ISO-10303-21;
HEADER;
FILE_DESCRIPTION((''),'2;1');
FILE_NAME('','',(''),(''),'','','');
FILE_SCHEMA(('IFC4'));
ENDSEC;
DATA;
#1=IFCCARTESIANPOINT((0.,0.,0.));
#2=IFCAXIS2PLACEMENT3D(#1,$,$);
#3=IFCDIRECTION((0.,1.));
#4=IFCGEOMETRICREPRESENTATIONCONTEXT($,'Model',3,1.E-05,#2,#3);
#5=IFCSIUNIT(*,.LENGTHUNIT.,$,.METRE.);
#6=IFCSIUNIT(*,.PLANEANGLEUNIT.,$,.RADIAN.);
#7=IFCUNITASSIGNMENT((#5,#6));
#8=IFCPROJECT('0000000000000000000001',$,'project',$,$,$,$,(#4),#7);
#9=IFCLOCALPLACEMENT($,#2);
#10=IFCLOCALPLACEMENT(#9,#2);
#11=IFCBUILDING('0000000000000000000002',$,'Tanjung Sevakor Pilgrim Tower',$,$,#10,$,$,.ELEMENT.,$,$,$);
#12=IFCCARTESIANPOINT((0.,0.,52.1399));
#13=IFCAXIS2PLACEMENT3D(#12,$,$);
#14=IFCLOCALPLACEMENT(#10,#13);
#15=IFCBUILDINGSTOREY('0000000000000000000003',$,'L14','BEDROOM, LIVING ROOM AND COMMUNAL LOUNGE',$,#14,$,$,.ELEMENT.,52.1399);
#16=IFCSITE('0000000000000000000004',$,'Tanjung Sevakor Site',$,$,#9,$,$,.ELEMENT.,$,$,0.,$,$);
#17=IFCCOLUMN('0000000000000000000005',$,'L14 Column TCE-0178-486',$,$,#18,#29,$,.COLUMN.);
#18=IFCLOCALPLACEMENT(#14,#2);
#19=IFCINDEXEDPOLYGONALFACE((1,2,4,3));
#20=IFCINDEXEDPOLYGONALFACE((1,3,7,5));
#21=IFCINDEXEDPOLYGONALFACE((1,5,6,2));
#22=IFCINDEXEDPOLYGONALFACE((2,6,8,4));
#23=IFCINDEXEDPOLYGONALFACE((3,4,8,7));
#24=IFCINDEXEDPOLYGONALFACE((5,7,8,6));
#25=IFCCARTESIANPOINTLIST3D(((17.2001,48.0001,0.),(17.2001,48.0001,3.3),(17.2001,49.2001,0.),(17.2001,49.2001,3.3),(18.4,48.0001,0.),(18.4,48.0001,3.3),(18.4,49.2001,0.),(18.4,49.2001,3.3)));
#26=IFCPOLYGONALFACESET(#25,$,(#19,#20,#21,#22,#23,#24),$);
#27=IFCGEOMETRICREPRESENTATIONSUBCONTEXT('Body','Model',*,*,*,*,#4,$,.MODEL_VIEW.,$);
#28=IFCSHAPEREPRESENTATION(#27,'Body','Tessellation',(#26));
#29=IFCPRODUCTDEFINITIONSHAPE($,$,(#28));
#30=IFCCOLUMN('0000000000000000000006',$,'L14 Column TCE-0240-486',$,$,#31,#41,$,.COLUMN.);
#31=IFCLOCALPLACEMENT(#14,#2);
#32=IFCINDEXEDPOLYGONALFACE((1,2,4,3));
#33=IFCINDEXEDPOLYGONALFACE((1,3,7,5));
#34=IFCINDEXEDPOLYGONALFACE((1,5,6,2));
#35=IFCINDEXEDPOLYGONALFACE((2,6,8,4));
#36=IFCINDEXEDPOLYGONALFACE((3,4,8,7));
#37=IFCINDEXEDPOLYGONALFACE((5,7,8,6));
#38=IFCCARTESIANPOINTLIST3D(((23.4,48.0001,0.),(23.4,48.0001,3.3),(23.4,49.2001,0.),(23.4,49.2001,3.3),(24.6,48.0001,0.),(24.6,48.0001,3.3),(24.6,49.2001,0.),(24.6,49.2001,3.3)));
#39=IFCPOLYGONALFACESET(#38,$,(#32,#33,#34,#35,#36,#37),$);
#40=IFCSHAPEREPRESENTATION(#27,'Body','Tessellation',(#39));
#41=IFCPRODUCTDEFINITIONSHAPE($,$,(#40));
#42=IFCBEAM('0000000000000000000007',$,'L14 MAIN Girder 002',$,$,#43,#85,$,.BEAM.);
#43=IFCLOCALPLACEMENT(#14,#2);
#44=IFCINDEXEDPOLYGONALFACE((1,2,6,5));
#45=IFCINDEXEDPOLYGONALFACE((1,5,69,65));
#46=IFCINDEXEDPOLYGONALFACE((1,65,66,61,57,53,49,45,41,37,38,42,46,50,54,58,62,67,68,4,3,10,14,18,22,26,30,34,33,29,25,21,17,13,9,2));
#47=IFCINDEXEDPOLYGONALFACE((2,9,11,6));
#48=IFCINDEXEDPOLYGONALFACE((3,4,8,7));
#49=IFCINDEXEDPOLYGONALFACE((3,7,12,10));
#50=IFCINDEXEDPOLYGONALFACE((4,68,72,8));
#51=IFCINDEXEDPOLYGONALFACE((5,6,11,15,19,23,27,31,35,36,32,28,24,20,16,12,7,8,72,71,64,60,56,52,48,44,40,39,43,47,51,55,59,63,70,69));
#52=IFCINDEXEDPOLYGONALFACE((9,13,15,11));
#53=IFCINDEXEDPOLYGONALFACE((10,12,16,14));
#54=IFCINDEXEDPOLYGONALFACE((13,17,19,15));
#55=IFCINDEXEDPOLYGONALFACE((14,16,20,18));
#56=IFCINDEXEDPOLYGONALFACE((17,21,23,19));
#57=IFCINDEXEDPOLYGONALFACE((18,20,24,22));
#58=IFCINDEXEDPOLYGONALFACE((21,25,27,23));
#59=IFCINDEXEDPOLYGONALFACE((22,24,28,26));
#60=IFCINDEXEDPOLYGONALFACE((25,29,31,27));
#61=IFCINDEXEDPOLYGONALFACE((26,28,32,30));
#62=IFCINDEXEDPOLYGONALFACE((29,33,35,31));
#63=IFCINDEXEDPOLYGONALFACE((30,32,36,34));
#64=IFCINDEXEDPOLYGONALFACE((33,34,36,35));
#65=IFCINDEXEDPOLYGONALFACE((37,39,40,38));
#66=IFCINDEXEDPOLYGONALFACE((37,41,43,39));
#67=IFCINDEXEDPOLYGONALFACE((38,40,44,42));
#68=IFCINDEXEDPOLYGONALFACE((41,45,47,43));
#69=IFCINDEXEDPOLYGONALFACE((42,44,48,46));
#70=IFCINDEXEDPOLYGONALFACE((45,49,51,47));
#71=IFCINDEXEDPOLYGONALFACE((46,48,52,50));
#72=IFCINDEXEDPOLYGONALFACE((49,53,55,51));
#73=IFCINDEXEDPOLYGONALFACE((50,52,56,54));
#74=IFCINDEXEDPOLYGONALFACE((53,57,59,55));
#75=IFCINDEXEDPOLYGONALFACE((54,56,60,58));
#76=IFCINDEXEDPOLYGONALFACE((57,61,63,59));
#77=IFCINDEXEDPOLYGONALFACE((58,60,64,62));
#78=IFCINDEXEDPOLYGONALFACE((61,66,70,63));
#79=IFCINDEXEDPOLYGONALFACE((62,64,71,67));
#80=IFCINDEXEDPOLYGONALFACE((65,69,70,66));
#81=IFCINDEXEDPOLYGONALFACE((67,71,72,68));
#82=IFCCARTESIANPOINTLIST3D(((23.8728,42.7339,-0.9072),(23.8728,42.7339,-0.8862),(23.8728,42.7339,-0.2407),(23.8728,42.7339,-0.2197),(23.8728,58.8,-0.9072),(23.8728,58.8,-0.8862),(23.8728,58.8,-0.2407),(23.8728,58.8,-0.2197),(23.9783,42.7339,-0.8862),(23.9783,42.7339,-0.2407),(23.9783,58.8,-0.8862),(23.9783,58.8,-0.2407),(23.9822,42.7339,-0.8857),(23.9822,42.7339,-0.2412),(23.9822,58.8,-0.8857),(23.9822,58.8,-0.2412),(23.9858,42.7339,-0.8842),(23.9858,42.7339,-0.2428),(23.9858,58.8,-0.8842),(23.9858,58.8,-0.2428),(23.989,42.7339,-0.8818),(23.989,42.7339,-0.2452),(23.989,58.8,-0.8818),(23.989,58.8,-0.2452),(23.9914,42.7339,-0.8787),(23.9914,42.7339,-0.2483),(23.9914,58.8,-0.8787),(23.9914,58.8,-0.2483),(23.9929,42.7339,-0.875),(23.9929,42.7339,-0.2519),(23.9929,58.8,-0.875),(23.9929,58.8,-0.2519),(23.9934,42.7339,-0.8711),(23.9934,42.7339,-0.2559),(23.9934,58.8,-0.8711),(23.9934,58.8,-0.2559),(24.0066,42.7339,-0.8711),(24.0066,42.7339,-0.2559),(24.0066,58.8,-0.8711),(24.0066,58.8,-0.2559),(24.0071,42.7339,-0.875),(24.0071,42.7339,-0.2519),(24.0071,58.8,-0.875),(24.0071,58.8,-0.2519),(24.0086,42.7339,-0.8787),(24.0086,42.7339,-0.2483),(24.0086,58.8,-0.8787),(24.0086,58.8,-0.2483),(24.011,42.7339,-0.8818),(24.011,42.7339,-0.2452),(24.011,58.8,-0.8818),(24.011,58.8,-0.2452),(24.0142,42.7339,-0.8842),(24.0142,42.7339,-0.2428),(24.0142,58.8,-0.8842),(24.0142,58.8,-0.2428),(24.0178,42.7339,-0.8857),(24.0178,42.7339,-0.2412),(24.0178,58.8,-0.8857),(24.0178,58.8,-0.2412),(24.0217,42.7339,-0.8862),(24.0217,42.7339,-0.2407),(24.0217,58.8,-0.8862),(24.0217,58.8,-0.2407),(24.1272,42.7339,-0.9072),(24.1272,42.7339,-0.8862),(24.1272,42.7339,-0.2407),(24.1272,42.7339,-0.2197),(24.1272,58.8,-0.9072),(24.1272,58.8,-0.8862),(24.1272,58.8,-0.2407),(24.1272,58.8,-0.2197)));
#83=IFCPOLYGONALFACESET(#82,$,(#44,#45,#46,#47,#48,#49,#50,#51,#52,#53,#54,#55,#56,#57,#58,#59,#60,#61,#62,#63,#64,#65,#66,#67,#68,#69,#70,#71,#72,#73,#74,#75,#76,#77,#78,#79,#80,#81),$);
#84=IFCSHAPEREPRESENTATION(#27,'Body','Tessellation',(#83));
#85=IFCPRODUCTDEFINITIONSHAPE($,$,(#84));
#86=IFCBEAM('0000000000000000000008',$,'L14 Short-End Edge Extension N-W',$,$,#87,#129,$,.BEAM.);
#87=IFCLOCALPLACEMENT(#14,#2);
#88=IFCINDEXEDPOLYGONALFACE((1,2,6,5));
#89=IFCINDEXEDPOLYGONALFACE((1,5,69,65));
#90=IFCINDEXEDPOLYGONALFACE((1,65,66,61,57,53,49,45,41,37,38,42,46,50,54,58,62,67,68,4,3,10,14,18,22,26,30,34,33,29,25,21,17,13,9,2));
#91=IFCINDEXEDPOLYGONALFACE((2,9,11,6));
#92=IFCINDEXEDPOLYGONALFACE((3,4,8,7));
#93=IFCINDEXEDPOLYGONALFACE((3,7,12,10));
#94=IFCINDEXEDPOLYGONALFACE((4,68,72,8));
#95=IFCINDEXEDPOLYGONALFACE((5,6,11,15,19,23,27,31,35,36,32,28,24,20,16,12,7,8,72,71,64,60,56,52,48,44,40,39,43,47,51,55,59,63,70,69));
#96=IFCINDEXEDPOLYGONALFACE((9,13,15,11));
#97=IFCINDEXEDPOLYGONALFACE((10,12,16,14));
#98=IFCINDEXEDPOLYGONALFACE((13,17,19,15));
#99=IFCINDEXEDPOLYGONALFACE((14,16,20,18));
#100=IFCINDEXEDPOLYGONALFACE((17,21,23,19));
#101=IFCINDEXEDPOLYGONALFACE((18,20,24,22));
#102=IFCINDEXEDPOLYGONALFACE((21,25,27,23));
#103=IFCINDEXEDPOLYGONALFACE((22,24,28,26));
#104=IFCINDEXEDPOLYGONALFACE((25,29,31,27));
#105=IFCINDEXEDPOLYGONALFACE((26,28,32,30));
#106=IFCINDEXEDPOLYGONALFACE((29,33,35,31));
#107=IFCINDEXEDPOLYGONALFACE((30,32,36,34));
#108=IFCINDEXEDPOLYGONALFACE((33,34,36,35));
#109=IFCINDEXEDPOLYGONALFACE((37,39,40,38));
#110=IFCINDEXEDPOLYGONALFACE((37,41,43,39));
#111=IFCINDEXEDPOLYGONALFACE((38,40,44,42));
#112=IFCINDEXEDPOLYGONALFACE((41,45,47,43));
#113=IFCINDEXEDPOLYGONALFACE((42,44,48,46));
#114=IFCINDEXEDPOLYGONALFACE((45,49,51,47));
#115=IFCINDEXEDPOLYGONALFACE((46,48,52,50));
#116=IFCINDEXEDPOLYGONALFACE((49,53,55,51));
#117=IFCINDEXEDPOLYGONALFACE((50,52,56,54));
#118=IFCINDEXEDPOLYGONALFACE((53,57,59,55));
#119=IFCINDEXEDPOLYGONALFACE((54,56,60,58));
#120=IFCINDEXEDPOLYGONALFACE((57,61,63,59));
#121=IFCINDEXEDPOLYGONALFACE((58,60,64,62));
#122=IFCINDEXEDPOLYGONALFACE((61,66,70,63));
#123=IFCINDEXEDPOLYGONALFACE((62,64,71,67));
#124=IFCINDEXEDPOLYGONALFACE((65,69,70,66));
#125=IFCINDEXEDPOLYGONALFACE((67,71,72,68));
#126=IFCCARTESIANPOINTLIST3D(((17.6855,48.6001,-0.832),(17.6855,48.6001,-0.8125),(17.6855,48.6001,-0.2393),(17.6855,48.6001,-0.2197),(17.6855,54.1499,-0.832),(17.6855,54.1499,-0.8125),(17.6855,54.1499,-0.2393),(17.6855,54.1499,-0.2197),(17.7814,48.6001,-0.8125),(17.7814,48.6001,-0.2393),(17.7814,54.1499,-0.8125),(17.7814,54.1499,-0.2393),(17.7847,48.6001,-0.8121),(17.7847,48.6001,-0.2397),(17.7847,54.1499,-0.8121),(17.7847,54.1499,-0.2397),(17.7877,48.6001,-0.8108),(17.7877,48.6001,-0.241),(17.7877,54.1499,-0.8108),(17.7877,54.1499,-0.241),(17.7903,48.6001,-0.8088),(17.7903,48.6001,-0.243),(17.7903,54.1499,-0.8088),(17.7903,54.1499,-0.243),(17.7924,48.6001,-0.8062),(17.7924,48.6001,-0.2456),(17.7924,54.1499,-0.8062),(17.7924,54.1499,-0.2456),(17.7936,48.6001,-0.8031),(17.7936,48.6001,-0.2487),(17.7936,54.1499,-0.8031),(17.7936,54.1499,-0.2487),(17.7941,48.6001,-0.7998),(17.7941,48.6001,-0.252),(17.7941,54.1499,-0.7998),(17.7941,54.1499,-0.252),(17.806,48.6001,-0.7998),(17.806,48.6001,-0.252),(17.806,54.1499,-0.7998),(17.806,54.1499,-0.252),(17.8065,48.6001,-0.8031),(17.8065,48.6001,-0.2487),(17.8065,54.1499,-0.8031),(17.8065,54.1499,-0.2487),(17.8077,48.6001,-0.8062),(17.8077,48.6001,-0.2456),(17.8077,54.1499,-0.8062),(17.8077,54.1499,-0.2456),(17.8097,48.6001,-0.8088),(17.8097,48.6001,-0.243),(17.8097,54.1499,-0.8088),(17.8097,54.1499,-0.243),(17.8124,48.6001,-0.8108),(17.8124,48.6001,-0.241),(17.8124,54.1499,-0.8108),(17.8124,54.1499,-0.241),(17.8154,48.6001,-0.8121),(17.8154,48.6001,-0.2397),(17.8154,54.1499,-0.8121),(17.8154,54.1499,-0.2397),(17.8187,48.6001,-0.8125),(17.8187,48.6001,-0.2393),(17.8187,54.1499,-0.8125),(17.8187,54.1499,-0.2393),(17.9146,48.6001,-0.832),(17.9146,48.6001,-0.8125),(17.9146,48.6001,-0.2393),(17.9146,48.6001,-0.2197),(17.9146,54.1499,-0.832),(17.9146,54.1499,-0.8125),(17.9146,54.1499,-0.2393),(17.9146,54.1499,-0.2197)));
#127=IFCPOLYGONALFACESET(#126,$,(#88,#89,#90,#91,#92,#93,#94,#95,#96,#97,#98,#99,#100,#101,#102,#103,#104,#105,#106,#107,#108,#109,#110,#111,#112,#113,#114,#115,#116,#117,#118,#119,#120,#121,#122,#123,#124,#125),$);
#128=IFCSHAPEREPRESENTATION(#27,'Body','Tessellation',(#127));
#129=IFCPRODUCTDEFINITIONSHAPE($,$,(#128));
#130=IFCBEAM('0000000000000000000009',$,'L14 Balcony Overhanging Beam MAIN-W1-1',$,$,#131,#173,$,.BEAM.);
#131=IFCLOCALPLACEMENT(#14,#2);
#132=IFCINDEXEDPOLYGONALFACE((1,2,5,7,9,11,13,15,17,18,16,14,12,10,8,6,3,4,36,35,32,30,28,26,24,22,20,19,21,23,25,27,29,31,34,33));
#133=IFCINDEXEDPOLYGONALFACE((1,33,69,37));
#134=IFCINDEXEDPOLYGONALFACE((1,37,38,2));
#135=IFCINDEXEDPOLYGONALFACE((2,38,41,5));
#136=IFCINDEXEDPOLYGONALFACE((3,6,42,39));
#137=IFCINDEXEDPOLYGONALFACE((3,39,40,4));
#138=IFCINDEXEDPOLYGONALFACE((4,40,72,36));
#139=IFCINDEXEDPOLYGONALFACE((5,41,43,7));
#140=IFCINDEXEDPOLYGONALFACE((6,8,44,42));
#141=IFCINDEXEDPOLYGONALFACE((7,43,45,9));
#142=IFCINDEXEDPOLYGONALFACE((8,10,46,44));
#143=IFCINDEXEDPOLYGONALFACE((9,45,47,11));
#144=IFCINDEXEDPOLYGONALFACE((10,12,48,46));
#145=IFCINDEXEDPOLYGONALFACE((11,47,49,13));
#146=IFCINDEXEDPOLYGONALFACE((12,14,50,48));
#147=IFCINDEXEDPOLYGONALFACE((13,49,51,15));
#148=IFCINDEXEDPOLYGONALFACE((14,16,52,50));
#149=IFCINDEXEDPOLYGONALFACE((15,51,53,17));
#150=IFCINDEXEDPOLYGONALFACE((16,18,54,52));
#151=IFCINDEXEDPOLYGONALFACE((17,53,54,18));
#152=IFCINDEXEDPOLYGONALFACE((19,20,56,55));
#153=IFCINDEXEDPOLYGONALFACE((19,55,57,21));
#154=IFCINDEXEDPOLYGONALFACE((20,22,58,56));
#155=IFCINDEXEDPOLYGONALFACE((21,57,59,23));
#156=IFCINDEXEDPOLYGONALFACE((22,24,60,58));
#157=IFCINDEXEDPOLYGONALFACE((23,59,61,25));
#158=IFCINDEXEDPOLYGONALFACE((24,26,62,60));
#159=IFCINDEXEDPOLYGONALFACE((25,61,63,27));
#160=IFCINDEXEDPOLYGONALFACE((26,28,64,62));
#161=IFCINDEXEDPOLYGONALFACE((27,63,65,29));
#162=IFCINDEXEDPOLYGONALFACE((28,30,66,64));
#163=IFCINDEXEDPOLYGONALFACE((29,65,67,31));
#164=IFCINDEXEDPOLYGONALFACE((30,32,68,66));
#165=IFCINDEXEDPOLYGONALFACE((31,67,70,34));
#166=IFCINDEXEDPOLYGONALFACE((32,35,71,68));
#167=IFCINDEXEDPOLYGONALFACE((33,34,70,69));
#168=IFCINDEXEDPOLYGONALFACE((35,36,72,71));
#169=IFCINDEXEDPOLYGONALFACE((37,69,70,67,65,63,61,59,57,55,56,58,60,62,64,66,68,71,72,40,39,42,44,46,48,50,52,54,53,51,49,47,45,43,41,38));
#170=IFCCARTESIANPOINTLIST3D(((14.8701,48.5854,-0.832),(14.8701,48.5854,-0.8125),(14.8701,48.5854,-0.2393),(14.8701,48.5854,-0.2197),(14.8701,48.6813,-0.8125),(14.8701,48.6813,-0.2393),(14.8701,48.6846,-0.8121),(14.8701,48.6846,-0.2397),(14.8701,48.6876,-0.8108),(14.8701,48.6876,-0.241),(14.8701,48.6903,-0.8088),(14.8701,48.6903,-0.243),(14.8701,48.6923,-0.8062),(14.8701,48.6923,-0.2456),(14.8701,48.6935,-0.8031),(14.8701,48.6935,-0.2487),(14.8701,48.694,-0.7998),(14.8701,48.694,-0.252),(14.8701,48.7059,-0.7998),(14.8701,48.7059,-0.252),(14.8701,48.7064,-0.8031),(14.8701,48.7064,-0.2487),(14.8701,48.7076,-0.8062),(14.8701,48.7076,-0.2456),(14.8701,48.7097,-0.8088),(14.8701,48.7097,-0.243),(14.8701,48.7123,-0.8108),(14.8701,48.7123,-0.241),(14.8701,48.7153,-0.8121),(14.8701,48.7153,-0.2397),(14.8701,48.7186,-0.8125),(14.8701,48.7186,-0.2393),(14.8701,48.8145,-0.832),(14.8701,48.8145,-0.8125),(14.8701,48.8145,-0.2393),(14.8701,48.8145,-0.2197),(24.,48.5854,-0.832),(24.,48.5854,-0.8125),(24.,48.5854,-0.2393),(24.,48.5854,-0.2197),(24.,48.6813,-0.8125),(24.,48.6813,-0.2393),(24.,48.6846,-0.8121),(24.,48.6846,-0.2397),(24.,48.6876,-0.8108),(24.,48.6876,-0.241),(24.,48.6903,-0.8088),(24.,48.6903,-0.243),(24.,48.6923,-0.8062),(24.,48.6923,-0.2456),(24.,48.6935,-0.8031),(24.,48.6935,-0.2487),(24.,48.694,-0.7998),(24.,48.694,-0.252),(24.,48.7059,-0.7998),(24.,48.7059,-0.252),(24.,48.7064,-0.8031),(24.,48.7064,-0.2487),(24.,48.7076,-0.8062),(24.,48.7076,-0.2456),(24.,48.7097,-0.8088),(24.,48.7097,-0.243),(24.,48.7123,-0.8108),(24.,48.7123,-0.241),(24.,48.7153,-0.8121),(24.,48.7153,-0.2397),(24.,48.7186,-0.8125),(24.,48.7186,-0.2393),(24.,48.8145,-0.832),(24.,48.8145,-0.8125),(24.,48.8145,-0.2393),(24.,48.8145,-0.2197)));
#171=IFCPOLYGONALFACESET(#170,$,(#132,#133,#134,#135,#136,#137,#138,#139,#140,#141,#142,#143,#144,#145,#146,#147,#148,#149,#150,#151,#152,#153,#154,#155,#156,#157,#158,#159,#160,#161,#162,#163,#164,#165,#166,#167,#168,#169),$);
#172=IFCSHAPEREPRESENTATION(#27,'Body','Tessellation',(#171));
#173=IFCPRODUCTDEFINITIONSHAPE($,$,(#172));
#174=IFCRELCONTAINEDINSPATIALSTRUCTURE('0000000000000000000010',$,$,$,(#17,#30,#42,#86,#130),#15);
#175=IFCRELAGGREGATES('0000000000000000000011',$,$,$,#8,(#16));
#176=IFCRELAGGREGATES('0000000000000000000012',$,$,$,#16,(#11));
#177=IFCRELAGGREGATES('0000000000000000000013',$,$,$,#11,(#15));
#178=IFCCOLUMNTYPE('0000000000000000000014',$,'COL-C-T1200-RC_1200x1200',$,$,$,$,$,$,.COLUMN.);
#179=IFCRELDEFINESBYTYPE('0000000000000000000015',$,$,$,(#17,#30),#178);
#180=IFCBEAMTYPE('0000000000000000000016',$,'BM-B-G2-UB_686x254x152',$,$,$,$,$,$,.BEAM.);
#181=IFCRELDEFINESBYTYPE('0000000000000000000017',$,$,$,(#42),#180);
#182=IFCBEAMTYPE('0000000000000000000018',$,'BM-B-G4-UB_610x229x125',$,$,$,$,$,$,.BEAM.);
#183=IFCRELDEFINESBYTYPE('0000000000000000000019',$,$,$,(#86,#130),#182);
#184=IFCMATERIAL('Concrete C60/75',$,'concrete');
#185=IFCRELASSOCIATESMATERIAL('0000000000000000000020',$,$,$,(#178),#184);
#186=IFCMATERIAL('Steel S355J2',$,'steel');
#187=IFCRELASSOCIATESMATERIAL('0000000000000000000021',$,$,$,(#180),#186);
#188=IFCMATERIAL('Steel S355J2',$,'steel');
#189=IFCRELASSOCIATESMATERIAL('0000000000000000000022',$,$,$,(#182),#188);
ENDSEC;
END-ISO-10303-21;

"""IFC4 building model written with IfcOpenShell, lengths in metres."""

from ifc_helpers import new_model, si_unit, direction, frame, origin, origin_2d, place, context, subcontext, project, spatial, rectangle, i_section, extrude, material, material_profile, profile_set, type_object, element, save


model = new_model("IFC4")

# Units and contexts
model_context = context("Model", 3, precision=1e-05, world=origin(), true_north=direction((0.0, 1.0)))
body_context = subcontext(model_context, "Body", "Model", "MODEL_VIEW")
ifc_project = project(units=[si_unit("LENGTHUNIT", "METRE"), si_unit("PLANEANGLEUNIT", "RADIAN")], contexts=[model_context])

# Site, building, storey
site_placement = place(None, origin())
site = spatial("IfcSite", under=ifc_project, at=site_placement, Name="Tanjung Sevakor Site", CompositionType="ELEMENT", RefElevation=0.0)
building_placement = place(site_placement, origin())
building = spatial("IfcBuilding", under=site, at=building_placement, Name="Tanjung Sevakor Pilgrim Tower", CompositionType="ELEMENT")
storey_placement = place(building_placement, frame((0.0, 0.0, 52.1399)))
storey = spatial("IfcBuildingStorey", under=building, at=storey_placement, Name="L14", Description="BEDROOM, LIVING ROOM AND COMMUNAL LOUNGE", CompositionType="ELEMENT", Elevation=52.1399)

# Columns
ifc_material_1 = material(Name="Concrete C60/75", Category="concrete")
ifc_material_profile_1 = material_profile(ifc_material_1, rectangle(XDim=1.2, YDim=1.2, at=origin_2d()))
ifc_profile_set_1 = profile_set([ifc_material_profile_1], Name="Concrete C60/75")
column_type = type_object("IfcColumnType", Name="COL-C-T1200-RC_1200x1200", PredefinedType="COLUMN", material=ifc_profile_set_1)
for number, where, z_axis, x_axis, name in (
    (1, (17.8, 48.6001, 0.0), (0.0, 0.0, 1.0), (1.0, 0.0, 0.0), "L14 Column TCE-0178-486"),
    (2, (24.0, 48.6001, 0.0), (0.0, 0.0, 1.0), (1.0, 0.0, 0.0), "L14 Column TCE-0240-486"),
):
    element("IfcColumn", number, at=place(storey_placement, frame(where, z_axis=z_axis, x_axis=x_axis)), inside=storey, type_object=column_type, Name=name, PredefinedType="COLUMN", context=body_context, shape_type="SweptSolid", body=[
        extrude(rectangle(XDim=1.2, YDim=1.2, at=origin_2d()), origin(), (0.0, 0.0, 1.0), 3.3),
    ])

# Beams
ifc_material_2 = material(Name="Steel S355J2", Category="steel")
ifc_material_profile_2 = material_profile(ifc_material_2, i_section(OverallWidth=0.2544, OverallDepth=0.6875, WebThickness=0.0132, FlangeThickness=0.021, FilletRadius=0.0151, at=origin_2d()))
ifc_profile_set_2 = profile_set([ifc_material_profile_2], Name="Steel S355J2")
beam_type_1 = type_object("IfcBeamType", Name="BM-B-G2-UB_686x254x152", PredefinedType="BEAM", material=ifc_profile_set_2)
beam_1_placement = place(storey_placement, frame((24.0, 42.7339, -0.5635), z_axis=(0.0, 1.0, 0.0), x_axis=(-1.0, 0.0, 0.0)))
element("IfcBeam", 3, at=beam_1_placement, inside=storey, type_object=beam_type_1, Name="L14 MAIN Girder 002", PredefinedType="BEAM", context=body_context, shape_type="SweptSolid", body=[
    extrude(i_section(OverallWidth=0.2544, OverallDepth=0.6875, WebThickness=0.0132, FlangeThickness=0.021, FilletRadius=0.0151, at=origin_2d()), origin(), (0.0, 0.0, 1.0), 16.0662),
])
ifc_material_3 = material(Name="Steel S355J2", Category="steel")
ifc_material_profile_3 = material_profile(ifc_material_3, i_section(OverallWidth=0.229, OverallDepth=0.6123, WebThickness=0.012, FlangeThickness=0.0195, FilletRadius=0.0127, at=origin_2d()))
ifc_profile_set_3 = profile_set([ifc_material_profile_3], Name="Steel S355J2")
beam_type_2 = type_object("IfcBeamType", Name="BM-B-G4-UB_610x229x125", PredefinedType="BEAM", material=ifc_profile_set_3)
beam_2_placement = place(storey_placement, frame((17.8, 48.6001, -0.5259), z_axis=(0.0, 1.0, 0.0), x_axis=(-1.0, 0.0, 0.0)))
element("IfcBeam", 4, at=beam_2_placement, inside=storey, type_object=beam_type_2, Name="L14 Short-End Edge Extension N-W", PredefinedType="BEAM", context=body_context, shape_type="SweptSolid", body=[
    extrude(i_section(OverallWidth=0.229, OverallDepth=0.6123, WebThickness=0.012, FlangeThickness=0.0195, FilletRadius=0.0127, at=origin_2d()), origin(), (0.0, 0.0, 1.0), 5.5498),
])
beam_3_placement = place(storey_placement, frame((24.0, 48.7, -0.5259), z_axis=(-1.0, 0.0, 0.0), x_axis=(0.0, -1.0, 0.0)))
element("IfcBeam", 5, at=beam_3_placement, inside=storey, type_object=beam_type_2, Name="L14 Balcony Overhanging Beam MAIN-W1-1", PredefinedType="BEAM", context=body_context, shape_type="SweptSolid", body=[
    extrude(i_section(OverallWidth=0.229, OverallDepth=0.6123, WebThickness=0.012, FlangeThickness=0.0195, FilletRadius=0.0127, at=origin_2d()), origin(), (0.0, 0.0, 1.0), 9.1299),
])

save(model, "model.ifc")
